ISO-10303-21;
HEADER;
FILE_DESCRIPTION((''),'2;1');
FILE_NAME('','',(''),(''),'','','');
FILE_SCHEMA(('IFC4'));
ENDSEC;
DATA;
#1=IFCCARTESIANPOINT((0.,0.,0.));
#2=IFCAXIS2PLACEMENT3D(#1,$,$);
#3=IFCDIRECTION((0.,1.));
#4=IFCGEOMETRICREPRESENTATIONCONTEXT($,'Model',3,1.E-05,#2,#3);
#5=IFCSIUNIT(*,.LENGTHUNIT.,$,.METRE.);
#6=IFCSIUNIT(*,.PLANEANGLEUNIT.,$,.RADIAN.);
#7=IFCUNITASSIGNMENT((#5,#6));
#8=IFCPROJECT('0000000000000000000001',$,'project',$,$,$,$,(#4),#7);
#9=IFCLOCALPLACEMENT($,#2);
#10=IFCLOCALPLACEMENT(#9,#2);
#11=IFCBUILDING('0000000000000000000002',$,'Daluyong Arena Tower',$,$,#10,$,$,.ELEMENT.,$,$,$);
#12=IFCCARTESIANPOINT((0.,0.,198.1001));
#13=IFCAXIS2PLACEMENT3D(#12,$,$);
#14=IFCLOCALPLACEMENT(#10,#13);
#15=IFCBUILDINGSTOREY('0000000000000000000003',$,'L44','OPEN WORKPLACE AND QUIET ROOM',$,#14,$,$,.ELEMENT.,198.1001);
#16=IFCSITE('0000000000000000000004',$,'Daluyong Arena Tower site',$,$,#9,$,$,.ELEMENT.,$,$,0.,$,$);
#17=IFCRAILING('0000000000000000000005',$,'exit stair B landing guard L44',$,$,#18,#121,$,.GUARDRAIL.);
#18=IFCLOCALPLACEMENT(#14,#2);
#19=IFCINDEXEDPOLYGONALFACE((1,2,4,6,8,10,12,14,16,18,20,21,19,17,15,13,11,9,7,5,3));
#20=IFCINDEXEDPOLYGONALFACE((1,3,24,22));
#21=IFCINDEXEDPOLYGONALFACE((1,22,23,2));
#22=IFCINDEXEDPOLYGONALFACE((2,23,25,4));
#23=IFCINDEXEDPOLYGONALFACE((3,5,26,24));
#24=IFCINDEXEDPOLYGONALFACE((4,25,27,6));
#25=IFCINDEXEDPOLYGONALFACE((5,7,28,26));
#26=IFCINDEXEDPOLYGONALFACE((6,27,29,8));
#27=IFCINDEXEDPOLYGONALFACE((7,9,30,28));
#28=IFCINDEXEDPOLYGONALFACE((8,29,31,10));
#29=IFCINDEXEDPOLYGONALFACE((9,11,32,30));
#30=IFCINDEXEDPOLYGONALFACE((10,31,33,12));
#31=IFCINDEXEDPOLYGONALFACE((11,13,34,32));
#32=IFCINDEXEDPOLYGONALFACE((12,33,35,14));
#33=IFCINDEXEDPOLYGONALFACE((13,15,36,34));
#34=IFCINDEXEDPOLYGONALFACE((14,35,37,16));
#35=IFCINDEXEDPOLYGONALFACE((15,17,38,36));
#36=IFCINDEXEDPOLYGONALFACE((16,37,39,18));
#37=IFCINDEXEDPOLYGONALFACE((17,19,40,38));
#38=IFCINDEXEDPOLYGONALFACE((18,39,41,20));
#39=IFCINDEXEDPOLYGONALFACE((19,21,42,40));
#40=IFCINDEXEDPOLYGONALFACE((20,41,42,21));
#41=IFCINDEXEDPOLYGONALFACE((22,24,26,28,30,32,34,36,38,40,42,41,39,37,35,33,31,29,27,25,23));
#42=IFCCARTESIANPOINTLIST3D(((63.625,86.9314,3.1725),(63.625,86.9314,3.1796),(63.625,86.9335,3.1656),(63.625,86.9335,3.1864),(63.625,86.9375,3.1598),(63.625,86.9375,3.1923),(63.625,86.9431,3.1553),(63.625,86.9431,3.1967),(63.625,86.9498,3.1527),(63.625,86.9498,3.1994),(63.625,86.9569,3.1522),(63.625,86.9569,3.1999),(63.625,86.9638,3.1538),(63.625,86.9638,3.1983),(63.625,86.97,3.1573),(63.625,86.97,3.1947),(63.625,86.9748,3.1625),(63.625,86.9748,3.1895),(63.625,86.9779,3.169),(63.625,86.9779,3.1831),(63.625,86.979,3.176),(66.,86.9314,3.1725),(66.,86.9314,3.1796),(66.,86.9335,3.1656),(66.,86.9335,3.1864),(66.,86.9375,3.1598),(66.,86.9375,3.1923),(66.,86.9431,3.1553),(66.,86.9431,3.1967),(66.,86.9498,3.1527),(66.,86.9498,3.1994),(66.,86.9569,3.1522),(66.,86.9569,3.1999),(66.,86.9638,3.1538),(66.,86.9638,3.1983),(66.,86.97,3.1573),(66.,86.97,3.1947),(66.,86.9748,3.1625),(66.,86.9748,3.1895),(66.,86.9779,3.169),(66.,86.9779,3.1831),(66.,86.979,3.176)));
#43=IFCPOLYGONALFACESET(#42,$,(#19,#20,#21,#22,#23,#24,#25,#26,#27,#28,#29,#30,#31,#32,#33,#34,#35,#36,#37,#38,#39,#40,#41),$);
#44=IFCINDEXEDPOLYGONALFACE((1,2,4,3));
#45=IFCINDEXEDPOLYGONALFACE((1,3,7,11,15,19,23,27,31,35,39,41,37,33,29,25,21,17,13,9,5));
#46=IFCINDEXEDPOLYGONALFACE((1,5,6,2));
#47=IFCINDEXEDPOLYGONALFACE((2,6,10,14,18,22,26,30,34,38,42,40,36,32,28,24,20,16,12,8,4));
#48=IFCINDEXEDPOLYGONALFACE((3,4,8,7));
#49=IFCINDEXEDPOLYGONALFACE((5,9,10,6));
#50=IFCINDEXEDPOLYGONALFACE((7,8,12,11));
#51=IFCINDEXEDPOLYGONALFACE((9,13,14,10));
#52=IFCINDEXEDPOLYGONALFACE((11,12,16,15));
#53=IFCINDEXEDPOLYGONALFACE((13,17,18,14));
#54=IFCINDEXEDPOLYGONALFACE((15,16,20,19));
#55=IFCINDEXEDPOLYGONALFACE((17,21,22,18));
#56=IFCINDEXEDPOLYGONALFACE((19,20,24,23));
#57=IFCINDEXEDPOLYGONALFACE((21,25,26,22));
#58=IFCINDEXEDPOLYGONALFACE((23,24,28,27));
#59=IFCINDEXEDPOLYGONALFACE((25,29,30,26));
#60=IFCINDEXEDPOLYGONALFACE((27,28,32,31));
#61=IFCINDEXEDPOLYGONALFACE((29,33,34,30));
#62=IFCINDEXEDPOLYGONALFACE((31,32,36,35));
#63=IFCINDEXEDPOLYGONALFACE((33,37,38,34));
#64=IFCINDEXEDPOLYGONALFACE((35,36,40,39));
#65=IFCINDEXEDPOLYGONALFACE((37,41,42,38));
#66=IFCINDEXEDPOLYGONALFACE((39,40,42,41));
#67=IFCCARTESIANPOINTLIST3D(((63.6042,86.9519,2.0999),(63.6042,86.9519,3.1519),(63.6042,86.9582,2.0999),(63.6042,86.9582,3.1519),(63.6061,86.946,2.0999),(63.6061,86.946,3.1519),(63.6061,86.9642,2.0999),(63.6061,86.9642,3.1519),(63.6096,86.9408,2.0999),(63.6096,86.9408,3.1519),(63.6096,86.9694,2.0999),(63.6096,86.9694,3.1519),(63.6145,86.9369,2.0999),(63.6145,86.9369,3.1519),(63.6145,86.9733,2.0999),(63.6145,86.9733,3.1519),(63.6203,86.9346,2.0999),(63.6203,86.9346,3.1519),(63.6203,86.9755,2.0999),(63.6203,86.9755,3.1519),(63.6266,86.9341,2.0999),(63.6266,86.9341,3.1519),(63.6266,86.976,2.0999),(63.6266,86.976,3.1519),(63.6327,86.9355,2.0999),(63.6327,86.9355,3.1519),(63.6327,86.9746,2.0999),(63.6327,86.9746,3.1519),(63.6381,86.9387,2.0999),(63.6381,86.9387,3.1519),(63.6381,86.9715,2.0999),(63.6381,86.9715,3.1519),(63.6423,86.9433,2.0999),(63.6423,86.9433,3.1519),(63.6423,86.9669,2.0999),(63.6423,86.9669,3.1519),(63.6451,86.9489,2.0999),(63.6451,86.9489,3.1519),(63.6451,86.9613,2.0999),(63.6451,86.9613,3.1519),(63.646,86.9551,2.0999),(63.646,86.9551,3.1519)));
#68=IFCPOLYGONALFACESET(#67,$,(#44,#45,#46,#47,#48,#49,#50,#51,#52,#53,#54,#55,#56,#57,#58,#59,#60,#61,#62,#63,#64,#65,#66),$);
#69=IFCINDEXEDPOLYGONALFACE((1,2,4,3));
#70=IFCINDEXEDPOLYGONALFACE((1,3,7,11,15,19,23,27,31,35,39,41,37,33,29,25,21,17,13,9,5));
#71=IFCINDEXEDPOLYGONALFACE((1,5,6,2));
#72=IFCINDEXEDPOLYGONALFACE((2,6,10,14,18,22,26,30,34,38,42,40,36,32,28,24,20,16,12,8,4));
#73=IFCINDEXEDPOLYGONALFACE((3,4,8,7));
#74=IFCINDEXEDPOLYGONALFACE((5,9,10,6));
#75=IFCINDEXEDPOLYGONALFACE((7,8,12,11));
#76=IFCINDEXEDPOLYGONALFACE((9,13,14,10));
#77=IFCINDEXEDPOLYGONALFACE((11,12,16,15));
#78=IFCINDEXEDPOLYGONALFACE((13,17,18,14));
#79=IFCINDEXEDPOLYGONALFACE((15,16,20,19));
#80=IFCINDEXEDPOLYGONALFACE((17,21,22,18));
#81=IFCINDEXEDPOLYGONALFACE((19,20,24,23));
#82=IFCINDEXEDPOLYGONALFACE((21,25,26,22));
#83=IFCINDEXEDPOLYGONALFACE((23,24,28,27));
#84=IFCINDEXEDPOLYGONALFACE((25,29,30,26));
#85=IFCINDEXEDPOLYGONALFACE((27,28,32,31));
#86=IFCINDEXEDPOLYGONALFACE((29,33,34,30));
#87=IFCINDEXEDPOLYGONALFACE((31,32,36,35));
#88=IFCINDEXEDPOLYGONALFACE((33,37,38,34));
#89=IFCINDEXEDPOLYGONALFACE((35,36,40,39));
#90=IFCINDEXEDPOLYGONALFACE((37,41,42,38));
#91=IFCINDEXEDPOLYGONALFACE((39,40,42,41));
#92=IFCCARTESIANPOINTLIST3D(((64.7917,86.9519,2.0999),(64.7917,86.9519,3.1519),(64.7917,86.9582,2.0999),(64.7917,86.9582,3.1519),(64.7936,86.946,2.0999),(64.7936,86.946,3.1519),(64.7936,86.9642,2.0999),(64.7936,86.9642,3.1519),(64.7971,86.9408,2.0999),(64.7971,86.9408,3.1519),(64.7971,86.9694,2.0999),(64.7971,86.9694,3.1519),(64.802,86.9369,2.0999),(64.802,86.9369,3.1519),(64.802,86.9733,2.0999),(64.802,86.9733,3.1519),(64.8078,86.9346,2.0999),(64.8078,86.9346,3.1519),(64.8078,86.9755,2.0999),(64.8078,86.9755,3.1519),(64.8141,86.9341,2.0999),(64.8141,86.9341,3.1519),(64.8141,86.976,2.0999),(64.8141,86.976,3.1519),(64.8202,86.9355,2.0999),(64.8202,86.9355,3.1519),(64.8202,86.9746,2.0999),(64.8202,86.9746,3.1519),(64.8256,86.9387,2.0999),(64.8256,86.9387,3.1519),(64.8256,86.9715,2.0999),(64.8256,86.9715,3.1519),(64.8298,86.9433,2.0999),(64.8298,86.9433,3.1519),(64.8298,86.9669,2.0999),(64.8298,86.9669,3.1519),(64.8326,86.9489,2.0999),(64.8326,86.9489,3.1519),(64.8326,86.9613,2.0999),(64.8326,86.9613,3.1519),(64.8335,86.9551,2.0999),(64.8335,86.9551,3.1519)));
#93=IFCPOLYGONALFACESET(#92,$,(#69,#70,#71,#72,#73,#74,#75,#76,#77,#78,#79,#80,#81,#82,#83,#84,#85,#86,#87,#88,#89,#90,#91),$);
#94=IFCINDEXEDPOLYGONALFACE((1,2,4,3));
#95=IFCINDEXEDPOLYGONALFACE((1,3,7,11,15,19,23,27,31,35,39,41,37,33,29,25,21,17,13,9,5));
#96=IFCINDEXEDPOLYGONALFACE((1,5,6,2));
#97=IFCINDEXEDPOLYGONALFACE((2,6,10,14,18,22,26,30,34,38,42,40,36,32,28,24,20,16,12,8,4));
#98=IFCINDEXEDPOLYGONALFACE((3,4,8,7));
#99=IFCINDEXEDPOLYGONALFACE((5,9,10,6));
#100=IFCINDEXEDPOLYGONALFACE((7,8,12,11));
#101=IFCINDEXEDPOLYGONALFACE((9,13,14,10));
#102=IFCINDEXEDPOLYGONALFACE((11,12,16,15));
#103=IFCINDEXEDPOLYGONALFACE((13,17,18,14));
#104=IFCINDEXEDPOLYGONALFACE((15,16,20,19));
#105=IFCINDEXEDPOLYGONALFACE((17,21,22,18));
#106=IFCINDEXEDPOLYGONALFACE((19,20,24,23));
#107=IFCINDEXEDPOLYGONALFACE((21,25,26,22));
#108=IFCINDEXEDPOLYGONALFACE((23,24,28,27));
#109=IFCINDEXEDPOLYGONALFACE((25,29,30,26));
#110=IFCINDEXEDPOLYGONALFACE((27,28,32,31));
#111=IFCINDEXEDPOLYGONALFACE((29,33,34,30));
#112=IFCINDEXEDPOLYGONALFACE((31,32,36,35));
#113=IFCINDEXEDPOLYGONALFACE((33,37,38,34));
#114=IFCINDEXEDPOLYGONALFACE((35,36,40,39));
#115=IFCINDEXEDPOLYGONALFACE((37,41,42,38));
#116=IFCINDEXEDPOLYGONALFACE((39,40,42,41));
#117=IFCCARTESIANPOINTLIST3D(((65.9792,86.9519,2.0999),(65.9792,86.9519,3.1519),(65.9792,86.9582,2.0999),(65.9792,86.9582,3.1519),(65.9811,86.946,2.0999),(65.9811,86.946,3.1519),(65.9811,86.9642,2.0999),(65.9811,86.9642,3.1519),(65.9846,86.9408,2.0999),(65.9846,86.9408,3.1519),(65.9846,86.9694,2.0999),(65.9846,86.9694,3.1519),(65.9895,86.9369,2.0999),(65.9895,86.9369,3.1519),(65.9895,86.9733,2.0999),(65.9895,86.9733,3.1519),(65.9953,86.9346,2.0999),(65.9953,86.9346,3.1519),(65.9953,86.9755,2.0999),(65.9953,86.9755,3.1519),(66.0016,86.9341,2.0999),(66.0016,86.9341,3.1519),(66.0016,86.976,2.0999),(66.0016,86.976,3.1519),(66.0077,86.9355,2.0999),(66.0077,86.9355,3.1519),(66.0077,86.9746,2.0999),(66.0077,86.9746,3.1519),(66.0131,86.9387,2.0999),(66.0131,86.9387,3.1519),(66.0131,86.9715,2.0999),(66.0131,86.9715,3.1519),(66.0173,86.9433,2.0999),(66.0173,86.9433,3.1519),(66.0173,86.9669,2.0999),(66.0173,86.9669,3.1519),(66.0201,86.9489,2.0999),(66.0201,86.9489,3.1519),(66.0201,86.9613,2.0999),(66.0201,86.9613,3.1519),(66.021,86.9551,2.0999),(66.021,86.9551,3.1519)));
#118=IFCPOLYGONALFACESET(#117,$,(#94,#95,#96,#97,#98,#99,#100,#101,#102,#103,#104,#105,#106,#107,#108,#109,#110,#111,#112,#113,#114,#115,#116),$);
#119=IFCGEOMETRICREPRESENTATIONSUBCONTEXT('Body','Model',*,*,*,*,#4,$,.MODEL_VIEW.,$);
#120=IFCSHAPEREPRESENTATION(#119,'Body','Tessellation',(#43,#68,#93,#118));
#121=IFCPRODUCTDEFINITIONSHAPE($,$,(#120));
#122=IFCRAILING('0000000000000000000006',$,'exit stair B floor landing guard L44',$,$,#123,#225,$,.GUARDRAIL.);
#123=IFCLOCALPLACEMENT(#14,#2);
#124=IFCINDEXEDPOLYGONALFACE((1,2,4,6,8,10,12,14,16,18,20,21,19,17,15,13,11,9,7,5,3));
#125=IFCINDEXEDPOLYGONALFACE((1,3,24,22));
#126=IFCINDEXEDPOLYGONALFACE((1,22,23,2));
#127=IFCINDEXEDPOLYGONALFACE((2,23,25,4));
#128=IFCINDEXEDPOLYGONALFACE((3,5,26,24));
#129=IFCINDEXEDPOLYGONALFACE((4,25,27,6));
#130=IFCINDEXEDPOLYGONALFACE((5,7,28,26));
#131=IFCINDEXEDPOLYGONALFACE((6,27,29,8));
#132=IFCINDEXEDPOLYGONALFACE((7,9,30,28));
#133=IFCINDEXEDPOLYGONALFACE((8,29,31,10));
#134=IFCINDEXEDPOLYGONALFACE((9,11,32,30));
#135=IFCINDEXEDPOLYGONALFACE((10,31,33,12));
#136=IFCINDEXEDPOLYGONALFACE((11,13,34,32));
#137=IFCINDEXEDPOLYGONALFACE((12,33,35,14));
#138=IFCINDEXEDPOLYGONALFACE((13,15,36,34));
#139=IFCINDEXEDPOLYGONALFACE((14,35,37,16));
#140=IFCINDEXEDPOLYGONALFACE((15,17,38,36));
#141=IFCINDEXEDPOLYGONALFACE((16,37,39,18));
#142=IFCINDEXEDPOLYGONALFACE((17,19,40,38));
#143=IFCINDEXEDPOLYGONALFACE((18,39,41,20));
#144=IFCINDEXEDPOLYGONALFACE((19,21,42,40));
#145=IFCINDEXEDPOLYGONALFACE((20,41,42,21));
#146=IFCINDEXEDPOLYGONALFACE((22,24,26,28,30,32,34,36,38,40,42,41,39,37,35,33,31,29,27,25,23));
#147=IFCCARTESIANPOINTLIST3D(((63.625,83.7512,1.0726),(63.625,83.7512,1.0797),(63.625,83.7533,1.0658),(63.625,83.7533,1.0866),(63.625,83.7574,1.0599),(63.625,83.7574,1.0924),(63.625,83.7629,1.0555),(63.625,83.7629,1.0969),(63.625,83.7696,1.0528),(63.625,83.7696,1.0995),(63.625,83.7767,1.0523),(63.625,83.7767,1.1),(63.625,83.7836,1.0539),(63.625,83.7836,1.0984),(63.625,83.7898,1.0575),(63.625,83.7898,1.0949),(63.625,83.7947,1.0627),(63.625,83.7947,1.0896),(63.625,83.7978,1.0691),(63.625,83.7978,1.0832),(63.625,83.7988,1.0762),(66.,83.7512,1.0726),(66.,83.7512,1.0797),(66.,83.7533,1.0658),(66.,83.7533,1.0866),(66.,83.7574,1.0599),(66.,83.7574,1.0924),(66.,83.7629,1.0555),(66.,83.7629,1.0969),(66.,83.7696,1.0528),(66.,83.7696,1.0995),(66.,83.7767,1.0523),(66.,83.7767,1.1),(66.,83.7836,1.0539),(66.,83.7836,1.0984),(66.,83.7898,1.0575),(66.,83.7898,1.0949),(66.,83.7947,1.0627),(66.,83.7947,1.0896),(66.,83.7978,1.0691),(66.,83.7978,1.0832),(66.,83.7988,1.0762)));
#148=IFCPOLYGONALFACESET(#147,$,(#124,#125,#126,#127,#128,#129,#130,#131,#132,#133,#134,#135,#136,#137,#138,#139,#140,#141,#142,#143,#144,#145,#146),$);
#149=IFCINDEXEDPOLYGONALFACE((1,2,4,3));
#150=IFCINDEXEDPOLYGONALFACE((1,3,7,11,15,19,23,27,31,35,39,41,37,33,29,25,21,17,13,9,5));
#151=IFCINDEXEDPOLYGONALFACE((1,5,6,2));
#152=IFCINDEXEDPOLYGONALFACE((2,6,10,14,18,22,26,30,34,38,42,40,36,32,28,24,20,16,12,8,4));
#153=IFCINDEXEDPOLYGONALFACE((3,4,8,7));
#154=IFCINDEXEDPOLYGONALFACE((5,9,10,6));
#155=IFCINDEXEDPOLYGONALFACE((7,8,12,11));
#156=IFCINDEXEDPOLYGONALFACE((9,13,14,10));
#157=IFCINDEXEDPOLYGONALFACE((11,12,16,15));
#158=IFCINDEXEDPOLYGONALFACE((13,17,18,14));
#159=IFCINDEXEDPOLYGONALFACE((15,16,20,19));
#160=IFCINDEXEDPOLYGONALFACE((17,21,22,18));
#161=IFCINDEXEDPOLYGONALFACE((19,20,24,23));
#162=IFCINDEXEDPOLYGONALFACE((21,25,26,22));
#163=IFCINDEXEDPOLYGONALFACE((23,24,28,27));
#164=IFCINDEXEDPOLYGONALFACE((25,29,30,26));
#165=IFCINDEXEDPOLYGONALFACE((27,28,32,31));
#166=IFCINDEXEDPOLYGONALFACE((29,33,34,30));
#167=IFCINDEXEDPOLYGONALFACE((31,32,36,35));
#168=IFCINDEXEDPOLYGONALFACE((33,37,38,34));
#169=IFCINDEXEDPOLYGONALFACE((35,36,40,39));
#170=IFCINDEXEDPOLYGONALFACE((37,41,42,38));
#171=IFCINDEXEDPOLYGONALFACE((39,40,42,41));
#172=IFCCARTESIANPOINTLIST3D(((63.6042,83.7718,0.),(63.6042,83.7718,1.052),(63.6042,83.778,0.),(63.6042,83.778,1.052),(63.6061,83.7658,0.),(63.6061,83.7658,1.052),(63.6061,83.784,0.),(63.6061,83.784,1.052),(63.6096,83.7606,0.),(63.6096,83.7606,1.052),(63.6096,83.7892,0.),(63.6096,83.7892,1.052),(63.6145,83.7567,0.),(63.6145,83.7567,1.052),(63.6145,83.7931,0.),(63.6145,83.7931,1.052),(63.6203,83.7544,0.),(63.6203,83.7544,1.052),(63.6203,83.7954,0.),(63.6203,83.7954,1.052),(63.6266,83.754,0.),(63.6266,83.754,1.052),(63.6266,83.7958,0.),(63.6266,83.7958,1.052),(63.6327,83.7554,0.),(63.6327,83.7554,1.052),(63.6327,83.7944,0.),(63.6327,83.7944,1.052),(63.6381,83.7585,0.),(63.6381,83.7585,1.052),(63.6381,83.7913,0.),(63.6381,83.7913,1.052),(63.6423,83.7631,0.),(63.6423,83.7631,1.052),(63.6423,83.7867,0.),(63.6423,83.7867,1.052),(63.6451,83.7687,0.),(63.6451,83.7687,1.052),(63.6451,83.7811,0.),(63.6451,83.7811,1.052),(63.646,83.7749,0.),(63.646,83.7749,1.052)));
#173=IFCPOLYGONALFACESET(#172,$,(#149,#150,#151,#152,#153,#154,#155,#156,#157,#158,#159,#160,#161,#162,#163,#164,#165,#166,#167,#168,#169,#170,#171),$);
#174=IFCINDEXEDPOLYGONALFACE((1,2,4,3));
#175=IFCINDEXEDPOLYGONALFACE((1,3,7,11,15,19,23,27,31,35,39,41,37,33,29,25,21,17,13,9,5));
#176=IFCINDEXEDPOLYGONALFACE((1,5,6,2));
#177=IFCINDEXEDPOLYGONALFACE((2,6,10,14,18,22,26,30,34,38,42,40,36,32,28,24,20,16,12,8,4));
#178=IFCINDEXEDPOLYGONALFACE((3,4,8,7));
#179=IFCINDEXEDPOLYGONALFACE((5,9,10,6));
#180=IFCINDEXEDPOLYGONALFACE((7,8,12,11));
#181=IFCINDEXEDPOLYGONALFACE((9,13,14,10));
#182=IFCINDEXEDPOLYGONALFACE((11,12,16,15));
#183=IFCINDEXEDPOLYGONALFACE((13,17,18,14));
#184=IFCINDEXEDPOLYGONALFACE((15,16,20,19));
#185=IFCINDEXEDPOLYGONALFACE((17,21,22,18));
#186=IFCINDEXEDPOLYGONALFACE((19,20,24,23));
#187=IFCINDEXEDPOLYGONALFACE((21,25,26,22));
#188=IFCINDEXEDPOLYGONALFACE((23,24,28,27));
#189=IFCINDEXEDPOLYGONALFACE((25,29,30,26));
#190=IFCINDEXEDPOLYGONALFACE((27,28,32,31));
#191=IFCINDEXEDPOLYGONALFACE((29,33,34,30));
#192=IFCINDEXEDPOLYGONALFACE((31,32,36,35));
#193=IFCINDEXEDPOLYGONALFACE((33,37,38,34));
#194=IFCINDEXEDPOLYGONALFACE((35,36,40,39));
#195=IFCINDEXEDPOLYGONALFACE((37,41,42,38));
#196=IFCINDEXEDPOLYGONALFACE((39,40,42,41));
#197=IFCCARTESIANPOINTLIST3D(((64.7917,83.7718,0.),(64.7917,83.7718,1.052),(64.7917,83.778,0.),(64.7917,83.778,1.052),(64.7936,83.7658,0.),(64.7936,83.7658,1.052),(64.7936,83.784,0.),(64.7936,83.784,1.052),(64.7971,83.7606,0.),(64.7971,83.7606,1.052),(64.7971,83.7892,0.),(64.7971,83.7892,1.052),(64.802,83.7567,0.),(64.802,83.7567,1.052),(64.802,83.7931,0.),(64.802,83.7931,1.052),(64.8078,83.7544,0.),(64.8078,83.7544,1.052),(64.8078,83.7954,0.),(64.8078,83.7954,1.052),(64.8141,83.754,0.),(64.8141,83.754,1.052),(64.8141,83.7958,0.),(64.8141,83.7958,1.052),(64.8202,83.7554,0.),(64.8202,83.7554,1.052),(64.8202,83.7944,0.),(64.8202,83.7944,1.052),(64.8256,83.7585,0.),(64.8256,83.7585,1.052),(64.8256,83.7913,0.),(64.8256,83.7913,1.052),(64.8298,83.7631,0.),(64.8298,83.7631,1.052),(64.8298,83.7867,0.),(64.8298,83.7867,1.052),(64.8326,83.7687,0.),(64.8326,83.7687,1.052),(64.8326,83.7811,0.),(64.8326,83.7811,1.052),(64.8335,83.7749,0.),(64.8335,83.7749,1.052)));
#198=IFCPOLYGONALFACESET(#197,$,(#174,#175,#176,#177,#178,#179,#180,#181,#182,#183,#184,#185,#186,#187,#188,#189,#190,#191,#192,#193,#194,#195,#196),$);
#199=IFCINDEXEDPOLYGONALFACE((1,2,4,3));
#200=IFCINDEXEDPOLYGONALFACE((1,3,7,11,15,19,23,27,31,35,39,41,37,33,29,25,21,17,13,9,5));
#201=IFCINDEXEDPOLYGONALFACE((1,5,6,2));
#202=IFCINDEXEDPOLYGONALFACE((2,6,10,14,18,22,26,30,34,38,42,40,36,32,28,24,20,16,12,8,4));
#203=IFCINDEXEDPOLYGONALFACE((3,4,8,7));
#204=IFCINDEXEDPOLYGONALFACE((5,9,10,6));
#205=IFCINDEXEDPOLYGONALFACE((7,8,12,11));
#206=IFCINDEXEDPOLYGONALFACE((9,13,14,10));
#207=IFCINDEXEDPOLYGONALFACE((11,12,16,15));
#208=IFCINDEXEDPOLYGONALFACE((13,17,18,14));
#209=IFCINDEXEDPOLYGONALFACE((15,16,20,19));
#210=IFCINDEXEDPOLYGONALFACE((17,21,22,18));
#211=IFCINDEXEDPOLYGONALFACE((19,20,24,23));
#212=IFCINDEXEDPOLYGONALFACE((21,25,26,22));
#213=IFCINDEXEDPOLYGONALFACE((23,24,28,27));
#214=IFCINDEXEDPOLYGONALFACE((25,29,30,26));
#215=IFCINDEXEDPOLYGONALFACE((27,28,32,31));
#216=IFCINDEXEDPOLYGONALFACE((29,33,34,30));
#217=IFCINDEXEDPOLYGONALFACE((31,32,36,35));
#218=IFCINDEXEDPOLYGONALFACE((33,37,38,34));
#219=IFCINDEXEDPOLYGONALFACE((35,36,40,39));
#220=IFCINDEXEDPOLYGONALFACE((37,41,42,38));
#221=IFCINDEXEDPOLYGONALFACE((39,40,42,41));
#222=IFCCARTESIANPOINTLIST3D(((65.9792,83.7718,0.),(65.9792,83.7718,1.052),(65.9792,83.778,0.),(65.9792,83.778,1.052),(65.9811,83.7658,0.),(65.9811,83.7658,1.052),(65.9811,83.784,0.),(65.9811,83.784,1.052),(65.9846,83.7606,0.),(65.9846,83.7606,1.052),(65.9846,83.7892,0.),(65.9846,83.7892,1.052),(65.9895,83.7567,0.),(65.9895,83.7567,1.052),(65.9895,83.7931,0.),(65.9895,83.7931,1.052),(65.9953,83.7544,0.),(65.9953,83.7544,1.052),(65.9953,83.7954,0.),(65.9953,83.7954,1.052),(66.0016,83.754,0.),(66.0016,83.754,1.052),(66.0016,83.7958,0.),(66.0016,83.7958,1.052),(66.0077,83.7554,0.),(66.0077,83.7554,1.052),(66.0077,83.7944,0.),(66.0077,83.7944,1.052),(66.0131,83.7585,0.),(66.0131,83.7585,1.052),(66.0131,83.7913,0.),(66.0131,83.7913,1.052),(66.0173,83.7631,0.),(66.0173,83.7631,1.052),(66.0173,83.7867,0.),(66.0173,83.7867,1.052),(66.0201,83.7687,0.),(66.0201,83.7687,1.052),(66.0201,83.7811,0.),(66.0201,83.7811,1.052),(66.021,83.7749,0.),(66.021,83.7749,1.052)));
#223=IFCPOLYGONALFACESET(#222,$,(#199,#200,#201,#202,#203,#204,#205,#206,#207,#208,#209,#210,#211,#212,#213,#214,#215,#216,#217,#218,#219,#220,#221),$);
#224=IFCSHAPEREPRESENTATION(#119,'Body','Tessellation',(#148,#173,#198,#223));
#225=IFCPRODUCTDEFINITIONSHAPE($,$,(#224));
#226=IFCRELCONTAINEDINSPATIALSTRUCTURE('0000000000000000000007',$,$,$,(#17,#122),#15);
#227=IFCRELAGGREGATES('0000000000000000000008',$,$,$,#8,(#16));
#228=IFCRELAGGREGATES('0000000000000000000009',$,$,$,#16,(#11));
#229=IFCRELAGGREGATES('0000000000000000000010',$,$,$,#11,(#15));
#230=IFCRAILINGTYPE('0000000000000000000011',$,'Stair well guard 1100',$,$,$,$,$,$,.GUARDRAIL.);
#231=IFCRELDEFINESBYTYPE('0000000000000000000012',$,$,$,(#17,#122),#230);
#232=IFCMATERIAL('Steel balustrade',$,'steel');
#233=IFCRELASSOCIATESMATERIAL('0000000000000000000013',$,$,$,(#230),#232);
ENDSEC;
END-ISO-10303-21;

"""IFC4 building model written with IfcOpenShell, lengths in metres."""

from ifc_helpers import new_model, si_unit, direction, frame, origin, origin_2d, place, context, subcontext, project, spatial, circle, extrude, material, type_object, element, save


model = new_model("IFC4")

# Units and contexts
model_context = context("Model", 3, precision=1e-05, world=origin(), true_north=direction((0.0, 1.0)))
body_context = subcontext(model_context, "Body", "Model", "MODEL_VIEW")
ifc_project = project(units=[si_unit("LENGTHUNIT", "METRE"), si_unit("PLANEANGLEUNIT", "RADIAN")], contexts=[model_context])

# Site, building, storey
site_placement = place(None, origin())
site = spatial("IfcSite", under=ifc_project, at=site_placement, Name="Daluyong Arena Tower site", CompositionType="ELEMENT", RefElevation=0.0)
building_placement = place(site_placement, origin())
building = spatial("IfcBuilding", under=site, at=building_placement, Name="Daluyong Arena Tower", CompositionType="ELEMENT")
storey_placement = place(building_placement, frame((0.0, 0.0, 198.1001)))
storey = spatial("IfcBuildingStorey", under=building, at=storey_placement, Name="L44", Description="OPEN WORKPLACE AND QUIET ROOM", CompositionType="ELEMENT", Elevation=198.1001)

# Railings
ifc_material_1 = material(Name="Steel balustrade", Category="steel")
railing_type_1 = type_object("IfcRailingType", Name="Stair well guard 1100", PredefinedType="GUARDRAIL", material=ifc_material_1)
for number, where, name in (
    (1, (63.625, 86.9551, 2.0999), "exit stair B landing guard L44"),
    (2, (63.625, 83.7749, 0.0), "exit stair B floor landing guard L44"),
):
    element("IfcRailing", number, at=place(storey_placement, frame(where)), inside=storey, type_object=railing_type_1, Name=name, PredefinedType="GUARDRAIL", context=body_context, shape_type="SweptSolid", body=[
        extrude(circle(Radius=0.0239, at=origin_2d()), frame((0.0, 0.0, 1.0762), z_axis=(1.0, 0.0, 0.0), x_axis=(0.0, 1.0, 0.0)), (0.0, 0.0, 1.0), 2.375),
        extrude(circle(Radius=0.021, at=origin_2d()), origin(), (0.0, 0.0, 1.0), 1.052),
        extrude(circle(Radius=0.021, at=origin_2d()), frame((1.1875, 0.0, 0.0)), (0.0, 0.0, 1.0), 1.052),
        extrude(circle(Radius=0.021, at=origin_2d()), frame((2.375, 0.0, 0.0)), (0.0, 0.0, 1.0), 1.052),
    ])

save(model, "model.ifc")
